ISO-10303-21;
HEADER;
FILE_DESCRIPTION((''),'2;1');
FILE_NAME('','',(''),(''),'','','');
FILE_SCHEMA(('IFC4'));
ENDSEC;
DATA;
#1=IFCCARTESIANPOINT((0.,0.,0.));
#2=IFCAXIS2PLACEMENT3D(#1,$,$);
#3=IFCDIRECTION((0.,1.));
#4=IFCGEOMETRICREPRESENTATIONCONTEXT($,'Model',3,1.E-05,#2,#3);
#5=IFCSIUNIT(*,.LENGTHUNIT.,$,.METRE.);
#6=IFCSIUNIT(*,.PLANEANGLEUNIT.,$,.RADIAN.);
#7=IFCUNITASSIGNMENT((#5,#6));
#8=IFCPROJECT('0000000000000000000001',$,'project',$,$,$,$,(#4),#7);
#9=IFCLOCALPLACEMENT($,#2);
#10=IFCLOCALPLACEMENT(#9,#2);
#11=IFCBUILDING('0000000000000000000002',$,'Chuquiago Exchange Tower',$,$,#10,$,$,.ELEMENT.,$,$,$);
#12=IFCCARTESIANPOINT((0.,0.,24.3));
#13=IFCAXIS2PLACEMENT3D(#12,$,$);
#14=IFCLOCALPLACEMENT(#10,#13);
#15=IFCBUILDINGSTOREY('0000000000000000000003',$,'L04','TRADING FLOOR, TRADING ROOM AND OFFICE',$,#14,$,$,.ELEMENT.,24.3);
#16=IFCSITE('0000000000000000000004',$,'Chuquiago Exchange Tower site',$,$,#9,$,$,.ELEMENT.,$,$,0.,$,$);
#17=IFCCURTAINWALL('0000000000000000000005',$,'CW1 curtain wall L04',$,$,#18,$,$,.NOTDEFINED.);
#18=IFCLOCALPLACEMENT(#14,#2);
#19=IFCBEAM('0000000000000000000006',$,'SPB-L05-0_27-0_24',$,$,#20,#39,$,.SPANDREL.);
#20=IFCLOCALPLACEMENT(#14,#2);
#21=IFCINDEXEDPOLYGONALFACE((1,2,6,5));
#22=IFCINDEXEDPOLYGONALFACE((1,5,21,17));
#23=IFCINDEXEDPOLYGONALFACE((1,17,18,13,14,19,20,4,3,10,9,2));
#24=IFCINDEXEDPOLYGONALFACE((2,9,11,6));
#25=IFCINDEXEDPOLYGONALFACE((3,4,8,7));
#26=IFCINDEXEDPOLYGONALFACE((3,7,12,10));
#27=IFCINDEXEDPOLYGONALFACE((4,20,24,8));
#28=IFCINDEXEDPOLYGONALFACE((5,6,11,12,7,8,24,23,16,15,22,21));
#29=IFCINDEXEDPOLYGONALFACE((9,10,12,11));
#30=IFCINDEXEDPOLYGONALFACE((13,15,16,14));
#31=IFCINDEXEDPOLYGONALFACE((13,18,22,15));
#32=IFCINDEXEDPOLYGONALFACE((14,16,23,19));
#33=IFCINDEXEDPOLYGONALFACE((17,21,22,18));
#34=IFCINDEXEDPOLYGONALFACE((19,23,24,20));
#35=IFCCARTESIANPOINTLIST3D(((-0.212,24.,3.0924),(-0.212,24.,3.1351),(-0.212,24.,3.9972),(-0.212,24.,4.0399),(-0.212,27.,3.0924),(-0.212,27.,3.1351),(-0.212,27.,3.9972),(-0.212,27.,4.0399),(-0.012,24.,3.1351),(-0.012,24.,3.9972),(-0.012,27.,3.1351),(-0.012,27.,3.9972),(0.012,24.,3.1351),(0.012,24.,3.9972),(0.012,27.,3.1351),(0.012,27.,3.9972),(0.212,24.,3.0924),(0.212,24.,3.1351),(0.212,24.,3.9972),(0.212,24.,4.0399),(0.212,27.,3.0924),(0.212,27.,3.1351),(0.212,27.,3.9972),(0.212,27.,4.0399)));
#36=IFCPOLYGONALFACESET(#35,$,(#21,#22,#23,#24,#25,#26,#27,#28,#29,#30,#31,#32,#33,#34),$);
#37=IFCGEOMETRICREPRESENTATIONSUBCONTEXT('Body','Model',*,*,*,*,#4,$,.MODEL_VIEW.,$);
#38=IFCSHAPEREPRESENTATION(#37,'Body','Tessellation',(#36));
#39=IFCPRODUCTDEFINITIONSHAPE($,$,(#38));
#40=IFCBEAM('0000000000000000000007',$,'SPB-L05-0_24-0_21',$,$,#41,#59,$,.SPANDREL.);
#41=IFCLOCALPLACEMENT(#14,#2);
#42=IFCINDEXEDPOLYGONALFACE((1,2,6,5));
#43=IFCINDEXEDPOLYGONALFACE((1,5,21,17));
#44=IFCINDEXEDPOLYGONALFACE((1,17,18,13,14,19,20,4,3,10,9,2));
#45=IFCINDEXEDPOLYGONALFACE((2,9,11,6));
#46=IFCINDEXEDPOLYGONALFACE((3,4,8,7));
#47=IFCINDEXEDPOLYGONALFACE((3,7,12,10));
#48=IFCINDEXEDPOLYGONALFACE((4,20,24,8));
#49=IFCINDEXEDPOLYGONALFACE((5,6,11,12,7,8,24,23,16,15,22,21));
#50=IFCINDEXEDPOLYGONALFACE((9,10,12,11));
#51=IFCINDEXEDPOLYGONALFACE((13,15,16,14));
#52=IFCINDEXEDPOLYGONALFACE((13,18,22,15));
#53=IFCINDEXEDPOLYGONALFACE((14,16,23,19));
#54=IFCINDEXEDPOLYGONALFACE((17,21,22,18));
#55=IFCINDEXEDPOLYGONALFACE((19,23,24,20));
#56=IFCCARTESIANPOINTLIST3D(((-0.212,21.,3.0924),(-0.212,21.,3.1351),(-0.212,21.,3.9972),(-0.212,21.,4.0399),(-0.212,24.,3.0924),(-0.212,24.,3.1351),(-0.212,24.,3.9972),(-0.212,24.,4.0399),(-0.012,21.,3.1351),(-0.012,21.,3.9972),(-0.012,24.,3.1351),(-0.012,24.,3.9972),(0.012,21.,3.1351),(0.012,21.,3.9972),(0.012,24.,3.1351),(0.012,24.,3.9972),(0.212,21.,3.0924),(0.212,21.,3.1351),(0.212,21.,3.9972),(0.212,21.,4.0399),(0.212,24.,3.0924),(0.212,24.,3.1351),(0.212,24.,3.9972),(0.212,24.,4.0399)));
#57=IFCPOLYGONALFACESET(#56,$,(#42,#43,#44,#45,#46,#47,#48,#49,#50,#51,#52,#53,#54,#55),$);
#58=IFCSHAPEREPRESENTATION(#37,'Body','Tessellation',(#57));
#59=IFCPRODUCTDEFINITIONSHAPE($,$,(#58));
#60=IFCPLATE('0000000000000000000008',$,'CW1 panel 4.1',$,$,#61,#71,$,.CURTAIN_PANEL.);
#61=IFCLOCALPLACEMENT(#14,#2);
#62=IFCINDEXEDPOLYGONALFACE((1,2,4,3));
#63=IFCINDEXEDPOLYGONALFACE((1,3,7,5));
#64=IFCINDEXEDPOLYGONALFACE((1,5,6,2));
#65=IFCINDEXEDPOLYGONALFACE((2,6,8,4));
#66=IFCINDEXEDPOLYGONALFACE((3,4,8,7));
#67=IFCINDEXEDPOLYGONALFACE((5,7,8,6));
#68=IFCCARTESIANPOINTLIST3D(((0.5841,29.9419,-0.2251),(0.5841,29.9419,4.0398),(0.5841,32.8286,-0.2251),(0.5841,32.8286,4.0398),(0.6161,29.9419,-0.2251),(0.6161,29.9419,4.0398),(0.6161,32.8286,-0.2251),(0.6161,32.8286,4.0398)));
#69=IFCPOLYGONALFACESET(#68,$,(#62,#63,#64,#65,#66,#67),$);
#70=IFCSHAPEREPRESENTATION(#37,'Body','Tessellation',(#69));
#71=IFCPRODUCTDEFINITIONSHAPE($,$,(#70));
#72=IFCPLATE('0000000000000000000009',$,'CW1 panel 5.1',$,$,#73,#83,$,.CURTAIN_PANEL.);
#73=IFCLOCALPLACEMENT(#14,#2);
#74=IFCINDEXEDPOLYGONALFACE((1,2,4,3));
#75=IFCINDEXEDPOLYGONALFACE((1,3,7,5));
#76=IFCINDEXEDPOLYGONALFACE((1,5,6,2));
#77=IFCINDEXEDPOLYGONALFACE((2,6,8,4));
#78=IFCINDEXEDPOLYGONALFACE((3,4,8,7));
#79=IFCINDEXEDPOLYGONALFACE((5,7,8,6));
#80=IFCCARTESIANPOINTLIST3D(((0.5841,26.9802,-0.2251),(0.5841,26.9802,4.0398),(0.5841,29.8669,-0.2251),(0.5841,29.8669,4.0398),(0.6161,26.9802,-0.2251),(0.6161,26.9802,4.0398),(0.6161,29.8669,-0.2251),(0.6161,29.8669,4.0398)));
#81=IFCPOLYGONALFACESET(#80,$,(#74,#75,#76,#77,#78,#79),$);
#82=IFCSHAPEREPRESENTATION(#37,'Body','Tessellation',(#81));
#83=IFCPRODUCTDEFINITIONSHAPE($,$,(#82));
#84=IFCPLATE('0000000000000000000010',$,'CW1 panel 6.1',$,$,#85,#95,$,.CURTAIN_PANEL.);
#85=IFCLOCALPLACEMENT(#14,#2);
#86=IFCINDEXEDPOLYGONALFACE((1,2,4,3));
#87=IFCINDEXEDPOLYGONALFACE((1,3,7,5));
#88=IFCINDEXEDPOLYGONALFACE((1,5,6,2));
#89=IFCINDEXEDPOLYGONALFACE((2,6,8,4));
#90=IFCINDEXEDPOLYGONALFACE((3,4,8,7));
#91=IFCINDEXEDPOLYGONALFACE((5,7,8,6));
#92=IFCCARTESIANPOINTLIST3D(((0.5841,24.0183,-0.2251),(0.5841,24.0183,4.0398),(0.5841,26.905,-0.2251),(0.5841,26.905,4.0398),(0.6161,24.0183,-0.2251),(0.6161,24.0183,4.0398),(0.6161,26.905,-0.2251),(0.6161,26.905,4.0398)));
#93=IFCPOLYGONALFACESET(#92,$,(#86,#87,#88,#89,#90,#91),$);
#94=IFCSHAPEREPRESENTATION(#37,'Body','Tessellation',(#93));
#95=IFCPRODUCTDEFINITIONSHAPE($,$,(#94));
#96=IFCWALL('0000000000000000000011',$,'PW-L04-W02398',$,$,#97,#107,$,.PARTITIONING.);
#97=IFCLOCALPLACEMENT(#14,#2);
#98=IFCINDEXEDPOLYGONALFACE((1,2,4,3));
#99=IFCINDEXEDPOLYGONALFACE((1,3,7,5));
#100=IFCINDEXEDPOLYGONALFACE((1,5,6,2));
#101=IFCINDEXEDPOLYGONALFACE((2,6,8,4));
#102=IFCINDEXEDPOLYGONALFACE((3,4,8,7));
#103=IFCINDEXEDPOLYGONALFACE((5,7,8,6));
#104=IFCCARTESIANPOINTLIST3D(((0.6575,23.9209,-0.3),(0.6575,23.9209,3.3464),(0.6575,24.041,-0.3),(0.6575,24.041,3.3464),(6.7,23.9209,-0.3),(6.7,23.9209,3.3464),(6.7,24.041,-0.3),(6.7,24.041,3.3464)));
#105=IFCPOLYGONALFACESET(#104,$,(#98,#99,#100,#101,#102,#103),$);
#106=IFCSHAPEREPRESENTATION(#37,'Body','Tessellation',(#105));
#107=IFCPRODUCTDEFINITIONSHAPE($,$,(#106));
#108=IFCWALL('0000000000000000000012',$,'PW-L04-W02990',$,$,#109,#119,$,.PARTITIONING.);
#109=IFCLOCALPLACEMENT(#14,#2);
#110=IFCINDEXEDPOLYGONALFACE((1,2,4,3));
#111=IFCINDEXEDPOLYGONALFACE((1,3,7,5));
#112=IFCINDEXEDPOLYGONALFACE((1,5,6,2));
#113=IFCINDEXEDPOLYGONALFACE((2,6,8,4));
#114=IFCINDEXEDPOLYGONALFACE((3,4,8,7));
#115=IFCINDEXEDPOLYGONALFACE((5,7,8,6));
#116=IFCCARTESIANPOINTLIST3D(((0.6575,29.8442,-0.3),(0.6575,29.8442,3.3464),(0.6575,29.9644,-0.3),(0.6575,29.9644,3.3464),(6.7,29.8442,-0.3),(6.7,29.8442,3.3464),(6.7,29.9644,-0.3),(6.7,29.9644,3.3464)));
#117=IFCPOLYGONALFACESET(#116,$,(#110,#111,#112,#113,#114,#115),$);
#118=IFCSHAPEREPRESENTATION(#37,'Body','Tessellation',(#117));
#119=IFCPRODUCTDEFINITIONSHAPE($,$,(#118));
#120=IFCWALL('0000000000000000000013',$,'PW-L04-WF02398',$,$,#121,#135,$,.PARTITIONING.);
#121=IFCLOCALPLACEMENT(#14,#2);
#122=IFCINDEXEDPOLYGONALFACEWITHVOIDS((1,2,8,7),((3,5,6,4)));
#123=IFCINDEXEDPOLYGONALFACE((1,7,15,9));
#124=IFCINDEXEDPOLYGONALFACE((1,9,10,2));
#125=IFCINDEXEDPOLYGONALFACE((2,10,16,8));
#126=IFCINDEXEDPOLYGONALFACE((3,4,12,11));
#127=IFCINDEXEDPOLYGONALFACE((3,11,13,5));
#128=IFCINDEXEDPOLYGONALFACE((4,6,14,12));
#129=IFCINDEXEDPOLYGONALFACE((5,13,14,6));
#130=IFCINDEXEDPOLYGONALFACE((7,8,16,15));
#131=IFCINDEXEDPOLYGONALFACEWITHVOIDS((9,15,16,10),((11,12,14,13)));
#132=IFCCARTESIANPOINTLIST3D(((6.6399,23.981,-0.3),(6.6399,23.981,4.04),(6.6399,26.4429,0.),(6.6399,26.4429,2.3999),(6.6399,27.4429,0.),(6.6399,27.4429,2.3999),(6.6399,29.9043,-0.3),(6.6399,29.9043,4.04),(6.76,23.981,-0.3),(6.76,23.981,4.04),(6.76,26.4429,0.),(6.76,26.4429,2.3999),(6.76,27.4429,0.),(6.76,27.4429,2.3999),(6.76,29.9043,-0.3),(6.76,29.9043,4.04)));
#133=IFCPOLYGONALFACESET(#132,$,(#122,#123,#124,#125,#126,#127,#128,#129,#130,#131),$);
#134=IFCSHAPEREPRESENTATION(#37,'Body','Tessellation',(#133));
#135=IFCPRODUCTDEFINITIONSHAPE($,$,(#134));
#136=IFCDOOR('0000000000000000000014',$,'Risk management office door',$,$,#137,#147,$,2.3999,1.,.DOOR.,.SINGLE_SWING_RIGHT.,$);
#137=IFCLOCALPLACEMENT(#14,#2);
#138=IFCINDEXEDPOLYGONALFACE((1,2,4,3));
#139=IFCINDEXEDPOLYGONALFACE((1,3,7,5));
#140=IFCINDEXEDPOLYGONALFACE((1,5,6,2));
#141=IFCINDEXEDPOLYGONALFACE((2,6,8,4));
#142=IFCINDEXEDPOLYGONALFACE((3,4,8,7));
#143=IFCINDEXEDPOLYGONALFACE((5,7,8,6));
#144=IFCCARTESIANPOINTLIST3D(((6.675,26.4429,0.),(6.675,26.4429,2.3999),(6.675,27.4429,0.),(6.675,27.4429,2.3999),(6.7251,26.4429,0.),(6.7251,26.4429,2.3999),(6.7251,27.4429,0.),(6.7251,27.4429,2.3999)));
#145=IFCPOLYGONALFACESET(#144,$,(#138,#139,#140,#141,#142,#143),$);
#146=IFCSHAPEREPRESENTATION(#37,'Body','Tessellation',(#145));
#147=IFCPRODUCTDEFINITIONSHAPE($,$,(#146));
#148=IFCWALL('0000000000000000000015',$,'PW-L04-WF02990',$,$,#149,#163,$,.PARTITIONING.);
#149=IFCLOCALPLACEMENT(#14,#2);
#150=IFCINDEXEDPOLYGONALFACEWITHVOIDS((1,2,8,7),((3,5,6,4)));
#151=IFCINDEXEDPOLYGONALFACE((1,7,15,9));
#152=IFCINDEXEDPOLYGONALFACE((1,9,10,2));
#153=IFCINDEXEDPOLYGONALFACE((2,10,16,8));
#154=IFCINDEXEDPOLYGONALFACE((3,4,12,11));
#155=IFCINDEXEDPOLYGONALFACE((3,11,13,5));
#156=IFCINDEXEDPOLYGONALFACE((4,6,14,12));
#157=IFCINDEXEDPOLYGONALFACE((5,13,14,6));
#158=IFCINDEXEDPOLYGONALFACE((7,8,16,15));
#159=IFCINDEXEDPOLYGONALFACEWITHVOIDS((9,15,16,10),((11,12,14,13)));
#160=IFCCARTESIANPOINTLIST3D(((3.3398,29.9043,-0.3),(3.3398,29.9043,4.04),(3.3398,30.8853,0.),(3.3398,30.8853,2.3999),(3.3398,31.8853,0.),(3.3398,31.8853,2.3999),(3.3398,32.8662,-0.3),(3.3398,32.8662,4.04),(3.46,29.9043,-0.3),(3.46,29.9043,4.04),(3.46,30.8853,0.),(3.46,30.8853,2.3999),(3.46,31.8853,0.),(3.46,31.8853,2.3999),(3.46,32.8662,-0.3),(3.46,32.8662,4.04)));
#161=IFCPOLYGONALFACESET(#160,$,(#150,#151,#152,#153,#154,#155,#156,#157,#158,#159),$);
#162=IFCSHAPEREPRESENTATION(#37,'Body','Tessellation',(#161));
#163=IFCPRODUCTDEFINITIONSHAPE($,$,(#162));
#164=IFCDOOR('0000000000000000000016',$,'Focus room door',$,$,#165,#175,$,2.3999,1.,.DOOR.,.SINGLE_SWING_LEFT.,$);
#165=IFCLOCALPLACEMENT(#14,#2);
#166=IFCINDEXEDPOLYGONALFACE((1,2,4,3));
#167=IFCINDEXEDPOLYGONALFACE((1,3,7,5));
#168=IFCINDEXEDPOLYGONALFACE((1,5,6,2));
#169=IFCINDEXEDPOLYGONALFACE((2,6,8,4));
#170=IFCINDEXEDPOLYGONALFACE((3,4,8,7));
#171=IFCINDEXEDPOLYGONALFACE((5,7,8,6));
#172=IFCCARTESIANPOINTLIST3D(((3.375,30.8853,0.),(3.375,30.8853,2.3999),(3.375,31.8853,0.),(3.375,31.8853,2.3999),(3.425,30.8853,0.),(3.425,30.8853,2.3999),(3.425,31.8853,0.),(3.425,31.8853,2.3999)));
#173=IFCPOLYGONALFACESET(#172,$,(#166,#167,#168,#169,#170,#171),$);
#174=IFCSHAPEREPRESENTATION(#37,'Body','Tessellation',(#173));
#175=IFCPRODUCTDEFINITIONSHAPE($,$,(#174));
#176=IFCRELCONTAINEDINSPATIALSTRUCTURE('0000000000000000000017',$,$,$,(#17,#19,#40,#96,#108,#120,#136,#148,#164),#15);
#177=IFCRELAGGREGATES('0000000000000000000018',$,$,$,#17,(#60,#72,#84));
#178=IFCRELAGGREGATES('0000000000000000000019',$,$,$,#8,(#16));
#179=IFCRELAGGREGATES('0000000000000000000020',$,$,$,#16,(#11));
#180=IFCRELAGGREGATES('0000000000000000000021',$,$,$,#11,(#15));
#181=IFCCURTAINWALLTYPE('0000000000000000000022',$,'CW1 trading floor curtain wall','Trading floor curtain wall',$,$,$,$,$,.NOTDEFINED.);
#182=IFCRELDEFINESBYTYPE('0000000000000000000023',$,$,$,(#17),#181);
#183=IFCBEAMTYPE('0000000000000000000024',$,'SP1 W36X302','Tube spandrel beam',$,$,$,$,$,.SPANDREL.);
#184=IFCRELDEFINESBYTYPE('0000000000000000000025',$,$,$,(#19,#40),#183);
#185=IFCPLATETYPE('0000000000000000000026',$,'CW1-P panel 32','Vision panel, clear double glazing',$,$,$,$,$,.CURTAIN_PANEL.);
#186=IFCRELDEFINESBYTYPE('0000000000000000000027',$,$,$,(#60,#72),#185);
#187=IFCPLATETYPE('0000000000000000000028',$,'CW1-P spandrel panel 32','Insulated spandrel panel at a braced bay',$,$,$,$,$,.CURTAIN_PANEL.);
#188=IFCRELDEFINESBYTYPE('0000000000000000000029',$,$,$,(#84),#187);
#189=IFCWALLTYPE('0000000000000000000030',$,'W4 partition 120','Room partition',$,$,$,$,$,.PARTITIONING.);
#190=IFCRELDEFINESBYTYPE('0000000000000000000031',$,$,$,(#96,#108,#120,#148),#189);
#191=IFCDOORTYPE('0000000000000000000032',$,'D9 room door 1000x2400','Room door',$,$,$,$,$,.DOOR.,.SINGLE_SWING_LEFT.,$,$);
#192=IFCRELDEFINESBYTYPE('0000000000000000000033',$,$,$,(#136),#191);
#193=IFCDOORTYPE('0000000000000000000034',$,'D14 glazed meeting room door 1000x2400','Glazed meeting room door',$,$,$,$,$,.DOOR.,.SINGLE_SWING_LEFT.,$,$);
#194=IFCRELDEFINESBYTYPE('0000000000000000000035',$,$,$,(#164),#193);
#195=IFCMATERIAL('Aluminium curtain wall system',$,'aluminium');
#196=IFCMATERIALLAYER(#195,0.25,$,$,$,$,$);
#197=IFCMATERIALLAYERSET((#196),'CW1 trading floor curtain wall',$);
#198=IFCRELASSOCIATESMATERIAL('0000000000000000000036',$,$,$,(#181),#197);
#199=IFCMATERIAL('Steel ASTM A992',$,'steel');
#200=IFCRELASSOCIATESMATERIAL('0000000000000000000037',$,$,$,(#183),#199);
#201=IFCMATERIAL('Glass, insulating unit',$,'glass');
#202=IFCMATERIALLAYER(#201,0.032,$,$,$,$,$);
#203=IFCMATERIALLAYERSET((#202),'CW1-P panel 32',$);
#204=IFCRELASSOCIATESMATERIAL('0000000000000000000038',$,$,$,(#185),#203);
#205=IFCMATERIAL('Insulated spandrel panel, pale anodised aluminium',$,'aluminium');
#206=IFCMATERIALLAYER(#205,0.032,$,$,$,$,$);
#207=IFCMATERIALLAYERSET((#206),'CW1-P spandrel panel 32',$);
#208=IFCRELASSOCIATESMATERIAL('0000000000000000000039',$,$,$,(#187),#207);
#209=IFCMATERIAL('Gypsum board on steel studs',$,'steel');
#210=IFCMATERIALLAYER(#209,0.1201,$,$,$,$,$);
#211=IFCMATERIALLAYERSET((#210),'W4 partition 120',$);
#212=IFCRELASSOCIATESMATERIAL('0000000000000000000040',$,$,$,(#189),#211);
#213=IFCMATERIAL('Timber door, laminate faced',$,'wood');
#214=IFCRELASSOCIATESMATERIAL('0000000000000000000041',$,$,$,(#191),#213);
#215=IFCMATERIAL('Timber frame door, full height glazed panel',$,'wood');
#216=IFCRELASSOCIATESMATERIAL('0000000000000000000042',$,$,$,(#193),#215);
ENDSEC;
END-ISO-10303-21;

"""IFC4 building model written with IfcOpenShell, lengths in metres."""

from ifc_helpers import new_model, si_unit, direction, frame, frame_2d, origin, origin_2d, place, context, subcontext, project, spatial, rectangle, i_section, extrude, material, layer, layer_set, material_profile, profile_set, type_object, element, fill, aggregate, save


model = new_model("IFC4")

# Units and contexts
model_context = context("Model", 3, precision=1e-05, world=origin(), true_north=direction((0.0, 1.0)))
body_context = subcontext(model_context, "Body", "Model", "MODEL_VIEW")
ifc_project = project(units=[si_unit("LENGTHUNIT", "METRE"), si_unit("PLANEANGLEUNIT", "RADIAN")], contexts=[model_context])

# Site, building, storey
site_placement = place(None, origin())
site = spatial("IfcSite", under=ifc_project, at=site_placement, Name="Chuquiago Exchange Tower site", CompositionType="ELEMENT", RefElevation=0.0)
building_placement = place(site_placement, origin())
building = spatial("IfcBuilding", under=site, at=building_placement, Name="Chuquiago Exchange Tower", CompositionType="ELEMENT")
storey_placement = place(building_placement, frame((0.0, 0.0, 24.3)))
storey = spatial("IfcBuildingStorey", under=building, at=storey_placement, Name="L04", Description="TRADING FLOOR, TRADING ROOM AND OFFICE", CompositionType="ELEMENT", Elevation=24.3)

# Curtain wall
ifc_material_1 = material(Name="Aluminium curtain wall system", Category="aluminium")
ifc_layer_1 = layer(ifc_material_1, 0.25)
ifc_layer_set_1 = layer_set([ifc_layer_1], Name="CW1 trading floor curtain wall")
curtain_wall_type = type_object("IfcCurtainWallType", Name="CW1 trading floor curtain wall", Description="Trading floor curtain wall", PredefinedType="NOTDEFINED", material=ifc_layer_set_1)
curtain_wall_placement = place(storey_placement, origin())
curtain_wall = element("IfcCurtainWall", 1, at=curtain_wall_placement, inside=storey, type_object=curtain_wall_type, Name="CW1 curtain wall L04", PredefinedType="NOTDEFINED")

# Beams
ifc_material_2 = material(Name="Steel ASTM A992", Category="steel")
ifc_material_profile_1 = material_profile(ifc_material_2, i_section(OverallWidth=0.4241, OverallDepth=0.9475, WebThickness=0.0239, FlangeThickness=0.0427, at=origin_2d()), Name="W36X302")
ifc_profile_set_1 = profile_set([ifc_material_profile_1], Name="Steel ASTM A992")
beam_type = type_object("IfcBeamType", Name="SP1 W36X302", Description="Tube spandrel beam", PredefinedType="SPANDREL", material=ifc_profile_set_1)
for number, where, z_axis, x_axis, name in (
    (2, (0.0, 27.0, 3.5662), (0.0, -1.0, 0.0), (1.0, 0.0, 0.0), "SPB-L05-0_27-0_24"),
    (3, (0.0, 24.0, 3.5662), (0.0, -1.0, 0.0), (1.0, 0.0, 0.0), "SPB-L05-0_24-0_21"),
):
    element("IfcBeam", number, at=place(storey_placement, frame(where, z_axis=z_axis, x_axis=x_axis)), inside=storey, type_object=beam_type, Name=name, PredefinedType="SPANDREL", context=body_context, shape_type="SweptSolid", body=[
        extrude(i_section(OverallWidth=0.4241, OverallDepth=0.9475, WebThickness=0.0239, FlangeThickness=0.0427, at=origin_2d()), origin(), (0.0, 0.0, 1.0), 3.0),
    ])

# Plates
ifc_material_3 = material(Name="Glass, insulating unit", Category="glass")
ifc_layer_2 = layer(ifc_material_3, 0.032)
ifc_layer_set_2 = layer_set([ifc_layer_2], Name="CW1-P panel 32")
plate_type_1 = type_object("IfcPlateType", Name="CW1-P panel 32", Description="Vision panel, clear double glazing", PredefinedType="CURTAIN_PANEL", material=ifc_layer_set_2)
plate_1_placement = place(storey_placement, frame((0.6001, 31.3853, -0.2251), z_axis=(0.0, 0.0, 1.0), x_axis=(0.0, -1.0, 0.0)))
plate_1 = element("IfcPlate", 4, at=plate_1_placement, type_object=plate_type_1, Name="CW1 panel 4.1", PredefinedType="CURTAIN_PANEL", context=body_context, shape_type="SweptSolid", body=[
    extrude(rectangle(XDim=2.8867, YDim=0.032, at=origin_2d()), origin(), (0.0, 0.0, 1.0), 4.2649),
])
plate_2_placement = place(storey_placement, frame((0.6001, 28.4236, -0.2251), z_axis=(0.0, 0.0, 1.0), x_axis=(0.0, -1.0, 0.0)))
plate_2 = element("IfcPlate", 5, at=plate_2_placement, type_object=plate_type_1, Name="CW1 panel 5.1", PredefinedType="CURTAIN_PANEL", context=body_context, shape_type="SweptSolid", body=[
    extrude(rectangle(XDim=2.8867, YDim=0.032, at=origin_2d()), origin(), (0.0, 0.0, 1.0), 4.2649),
])
ifc_material_4 = material(Name="Insulated spandrel panel, pale anodised aluminium", Category="aluminium")
ifc_layer_3 = layer(ifc_material_4, 0.032)
ifc_layer_set_3 = layer_set([ifc_layer_3], Name="CW1-P spandrel panel 32")
plate_type_2 = type_object("IfcPlateType", Name="CW1-P spandrel panel 32", Description="Insulated spandrel panel at a braced bay", PredefinedType="CURTAIN_PANEL", material=ifc_layer_set_3)
plate_3_placement = place(storey_placement, frame((0.6001, 25.4617, -0.2251), z_axis=(0.0, 0.0, 1.0), x_axis=(0.0, -1.0, 0.0)))
plate_3 = element("IfcPlate", 6, at=plate_3_placement, type_object=plate_type_2, Name="CW1 panel 6.1", PredefinedType="CURTAIN_PANEL", context=body_context, shape_type="SweptSolid", body=[
    extrude(rectangle(XDim=2.8867, YDim=0.032, at=origin_2d()), origin(), (0.0, 0.0, 1.0), 4.2649),
])
aggregate(curtain_wall, [plate_1, plate_2, plate_3])

# Walls
ifc_material_5 = material(Name="Gypsum board on steel studs", Category="steel")
ifc_layer_4 = layer(ifc_material_5, 0.1201)
ifc_layer_set_4 = layer_set([ifc_layer_4], Name="W4 partition 120")
wall_type = type_object("IfcWallType", Name="W4 partition 120", Description="Room partition", PredefinedType="PARTITIONING", material=ifc_layer_set_4)
for number, where, z_axis, x_axis, name in (
    (7, (0.6575, 23.981, -0.3), (0.0, 0.0, 1.0), (1.0, 0.0, 0.0), "PW-L04-W02398"),
    (8, (0.6575, 29.9043, -0.3), (0.0, 0.0, 1.0), (1.0, 0.0, 0.0), "PW-L04-W02990"),
):
    element("IfcWall", number, at=place(storey_placement, frame(where, z_axis=z_axis, x_axis=x_axis)), inside=storey, type_object=wall_type, Name=name, PredefinedType="PARTITIONING", context=body_context, shape_type="SweptSolid", body=[
        extrude(rectangle(XDim=6.0425, YDim=0.1201, at=frame_2d((3.0212, 0.0))), origin(), (0.0, 0.0, 1.0), 3.6465),
    ])

# Walls, openings, doors
wall_1_placement = place(storey_placement, frame((6.7, 23.981, -0.3), z_axis=(0.0, 0.0, 1.0), x_axis=(0.0, 1.0, 0.0)))
wall_1 = element("IfcWall", 9, at=wall_1_placement, inside=storey, type_object=wall_type, Name="PW-L04-WF02398", PredefinedType="PARTITIONING", context=body_context, shape_type="SweptSolid", body=[
    extrude(rectangle(XDim=5.9233, YDim=0.1201, at=frame_2d((2.9617, 0.0))), origin(), (0.0, 0.0, 1.0), 4.3401),
])
opening_1_placement = place(wall_1_placement, frame((2.4619, 0.0, 0.3)))
opening_1 = element("IfcOpeningElement", 10, at=opening_1_placement, cuts=wall_1, PredefinedType="OPENING", context=body_context, shape_type="SweptSolid", body=[
    extrude(rectangle(XDim=1.0, YDim=2.3999, at=frame_2d((0.5, 1.2))), frame((0.0, 0.0701, 0.0), z_axis=(0.0, -1.0, 0.0), x_axis=(1.0, 0.0, 0.0)), (0.0, 0.0, 1.0), 0.1401),
])
ifc_material_6 = material(Name="Timber door, laminate faced", Category="wood")
door_type_1 = type_object("IfcDoorType", Name="D9 room door 1000x2400", Description="Room door", OperationType="SINGLE_SWING_LEFT", PredefinedType="DOOR", material=ifc_material_6)
door_1_placement = place(opening_1_placement, origin())
door_1 = element("IfcDoor", 11, at=door_1_placement, inside=storey, type_object=door_type_1, Name="Risk management office door", OperationType="SINGLE_SWING_RIGHT", OverallHeight=2.3999, OverallWidth=1.0, PredefinedType="DOOR", context=body_context, shape_type="SweptSolid", body=[
    extrude(rectangle(XDim=1.0, YDim=2.3999, at=frame_2d((0.5, 1.2))), frame((0.0, 0.0249, 0.0), z_axis=(0.0, -1.0, 0.0), x_axis=(1.0, 0.0, 0.0)), (0.0, 0.0, 1.0), 0.05),
])
fill(opening_1, door_1)
wall_2_placement = place(storey_placement, frame((3.3999, 29.9043, -0.3), z_axis=(0.0, 0.0, 1.0), x_axis=(0.0, 1.0, 0.0)))
wall_2 = element("IfcWall", 12, at=wall_2_placement, inside=storey, type_object=wall_type, Name="PW-L04-WF02990", PredefinedType="PARTITIONING", context=body_context, shape_type="SweptSolid", body=[
    extrude(rectangle(XDim=2.9619, YDim=0.1201, at=frame_2d((1.481, 0.0))), origin(), (0.0, 0.0, 1.0), 4.3401),
])
opening_2_placement = place(wall_2_placement, frame((0.981, 0.0, 0.3)))
opening_2 = element("IfcOpeningElement", 13, at=opening_2_placement, cuts=wall_2, PredefinedType="OPENING", context=body_context, shape_type="SweptSolid", body=[
    extrude(rectangle(XDim=1.0, YDim=2.3999, at=frame_2d((0.5, 1.2))), frame((0.0, 0.0701, 0.0), z_axis=(0.0, -1.0, 0.0), x_axis=(1.0, 0.0, 0.0)), (0.0, 0.0, 1.0), 0.1401),
])
ifc_material_7 = material(Name="Timber frame door, full height glazed panel", Category="wood")
door_type_2 = type_object("IfcDoorType", Name="D14 glazed meeting room door 1000x2400", Description="Glazed meeting room door", OperationType="SINGLE_SWING_LEFT", PredefinedType="DOOR", material=ifc_material_7)
door_2_placement = place(opening_2_placement, origin())
door_2 = element("IfcDoor", 14, at=door_2_placement, inside=storey, type_object=door_type_2, Name="Focus room door", OperationType="SINGLE_SWING_LEFT", OverallHeight=2.3999, OverallWidth=1.0, PredefinedType="DOOR", context=body_context, shape_type="SweptSolid", body=[
    extrude(rectangle(XDim=1.0, YDim=2.3999, at=frame_2d((0.5, 1.2))), frame((0.0, 0.0249, 0.0), z_axis=(0.0, -1.0, 0.0), x_axis=(1.0, 0.0, 0.0)), (0.0, 0.0, 1.0), 0.05),
])
fill(opening_2, door_2)

save(model, "model.ifc")
